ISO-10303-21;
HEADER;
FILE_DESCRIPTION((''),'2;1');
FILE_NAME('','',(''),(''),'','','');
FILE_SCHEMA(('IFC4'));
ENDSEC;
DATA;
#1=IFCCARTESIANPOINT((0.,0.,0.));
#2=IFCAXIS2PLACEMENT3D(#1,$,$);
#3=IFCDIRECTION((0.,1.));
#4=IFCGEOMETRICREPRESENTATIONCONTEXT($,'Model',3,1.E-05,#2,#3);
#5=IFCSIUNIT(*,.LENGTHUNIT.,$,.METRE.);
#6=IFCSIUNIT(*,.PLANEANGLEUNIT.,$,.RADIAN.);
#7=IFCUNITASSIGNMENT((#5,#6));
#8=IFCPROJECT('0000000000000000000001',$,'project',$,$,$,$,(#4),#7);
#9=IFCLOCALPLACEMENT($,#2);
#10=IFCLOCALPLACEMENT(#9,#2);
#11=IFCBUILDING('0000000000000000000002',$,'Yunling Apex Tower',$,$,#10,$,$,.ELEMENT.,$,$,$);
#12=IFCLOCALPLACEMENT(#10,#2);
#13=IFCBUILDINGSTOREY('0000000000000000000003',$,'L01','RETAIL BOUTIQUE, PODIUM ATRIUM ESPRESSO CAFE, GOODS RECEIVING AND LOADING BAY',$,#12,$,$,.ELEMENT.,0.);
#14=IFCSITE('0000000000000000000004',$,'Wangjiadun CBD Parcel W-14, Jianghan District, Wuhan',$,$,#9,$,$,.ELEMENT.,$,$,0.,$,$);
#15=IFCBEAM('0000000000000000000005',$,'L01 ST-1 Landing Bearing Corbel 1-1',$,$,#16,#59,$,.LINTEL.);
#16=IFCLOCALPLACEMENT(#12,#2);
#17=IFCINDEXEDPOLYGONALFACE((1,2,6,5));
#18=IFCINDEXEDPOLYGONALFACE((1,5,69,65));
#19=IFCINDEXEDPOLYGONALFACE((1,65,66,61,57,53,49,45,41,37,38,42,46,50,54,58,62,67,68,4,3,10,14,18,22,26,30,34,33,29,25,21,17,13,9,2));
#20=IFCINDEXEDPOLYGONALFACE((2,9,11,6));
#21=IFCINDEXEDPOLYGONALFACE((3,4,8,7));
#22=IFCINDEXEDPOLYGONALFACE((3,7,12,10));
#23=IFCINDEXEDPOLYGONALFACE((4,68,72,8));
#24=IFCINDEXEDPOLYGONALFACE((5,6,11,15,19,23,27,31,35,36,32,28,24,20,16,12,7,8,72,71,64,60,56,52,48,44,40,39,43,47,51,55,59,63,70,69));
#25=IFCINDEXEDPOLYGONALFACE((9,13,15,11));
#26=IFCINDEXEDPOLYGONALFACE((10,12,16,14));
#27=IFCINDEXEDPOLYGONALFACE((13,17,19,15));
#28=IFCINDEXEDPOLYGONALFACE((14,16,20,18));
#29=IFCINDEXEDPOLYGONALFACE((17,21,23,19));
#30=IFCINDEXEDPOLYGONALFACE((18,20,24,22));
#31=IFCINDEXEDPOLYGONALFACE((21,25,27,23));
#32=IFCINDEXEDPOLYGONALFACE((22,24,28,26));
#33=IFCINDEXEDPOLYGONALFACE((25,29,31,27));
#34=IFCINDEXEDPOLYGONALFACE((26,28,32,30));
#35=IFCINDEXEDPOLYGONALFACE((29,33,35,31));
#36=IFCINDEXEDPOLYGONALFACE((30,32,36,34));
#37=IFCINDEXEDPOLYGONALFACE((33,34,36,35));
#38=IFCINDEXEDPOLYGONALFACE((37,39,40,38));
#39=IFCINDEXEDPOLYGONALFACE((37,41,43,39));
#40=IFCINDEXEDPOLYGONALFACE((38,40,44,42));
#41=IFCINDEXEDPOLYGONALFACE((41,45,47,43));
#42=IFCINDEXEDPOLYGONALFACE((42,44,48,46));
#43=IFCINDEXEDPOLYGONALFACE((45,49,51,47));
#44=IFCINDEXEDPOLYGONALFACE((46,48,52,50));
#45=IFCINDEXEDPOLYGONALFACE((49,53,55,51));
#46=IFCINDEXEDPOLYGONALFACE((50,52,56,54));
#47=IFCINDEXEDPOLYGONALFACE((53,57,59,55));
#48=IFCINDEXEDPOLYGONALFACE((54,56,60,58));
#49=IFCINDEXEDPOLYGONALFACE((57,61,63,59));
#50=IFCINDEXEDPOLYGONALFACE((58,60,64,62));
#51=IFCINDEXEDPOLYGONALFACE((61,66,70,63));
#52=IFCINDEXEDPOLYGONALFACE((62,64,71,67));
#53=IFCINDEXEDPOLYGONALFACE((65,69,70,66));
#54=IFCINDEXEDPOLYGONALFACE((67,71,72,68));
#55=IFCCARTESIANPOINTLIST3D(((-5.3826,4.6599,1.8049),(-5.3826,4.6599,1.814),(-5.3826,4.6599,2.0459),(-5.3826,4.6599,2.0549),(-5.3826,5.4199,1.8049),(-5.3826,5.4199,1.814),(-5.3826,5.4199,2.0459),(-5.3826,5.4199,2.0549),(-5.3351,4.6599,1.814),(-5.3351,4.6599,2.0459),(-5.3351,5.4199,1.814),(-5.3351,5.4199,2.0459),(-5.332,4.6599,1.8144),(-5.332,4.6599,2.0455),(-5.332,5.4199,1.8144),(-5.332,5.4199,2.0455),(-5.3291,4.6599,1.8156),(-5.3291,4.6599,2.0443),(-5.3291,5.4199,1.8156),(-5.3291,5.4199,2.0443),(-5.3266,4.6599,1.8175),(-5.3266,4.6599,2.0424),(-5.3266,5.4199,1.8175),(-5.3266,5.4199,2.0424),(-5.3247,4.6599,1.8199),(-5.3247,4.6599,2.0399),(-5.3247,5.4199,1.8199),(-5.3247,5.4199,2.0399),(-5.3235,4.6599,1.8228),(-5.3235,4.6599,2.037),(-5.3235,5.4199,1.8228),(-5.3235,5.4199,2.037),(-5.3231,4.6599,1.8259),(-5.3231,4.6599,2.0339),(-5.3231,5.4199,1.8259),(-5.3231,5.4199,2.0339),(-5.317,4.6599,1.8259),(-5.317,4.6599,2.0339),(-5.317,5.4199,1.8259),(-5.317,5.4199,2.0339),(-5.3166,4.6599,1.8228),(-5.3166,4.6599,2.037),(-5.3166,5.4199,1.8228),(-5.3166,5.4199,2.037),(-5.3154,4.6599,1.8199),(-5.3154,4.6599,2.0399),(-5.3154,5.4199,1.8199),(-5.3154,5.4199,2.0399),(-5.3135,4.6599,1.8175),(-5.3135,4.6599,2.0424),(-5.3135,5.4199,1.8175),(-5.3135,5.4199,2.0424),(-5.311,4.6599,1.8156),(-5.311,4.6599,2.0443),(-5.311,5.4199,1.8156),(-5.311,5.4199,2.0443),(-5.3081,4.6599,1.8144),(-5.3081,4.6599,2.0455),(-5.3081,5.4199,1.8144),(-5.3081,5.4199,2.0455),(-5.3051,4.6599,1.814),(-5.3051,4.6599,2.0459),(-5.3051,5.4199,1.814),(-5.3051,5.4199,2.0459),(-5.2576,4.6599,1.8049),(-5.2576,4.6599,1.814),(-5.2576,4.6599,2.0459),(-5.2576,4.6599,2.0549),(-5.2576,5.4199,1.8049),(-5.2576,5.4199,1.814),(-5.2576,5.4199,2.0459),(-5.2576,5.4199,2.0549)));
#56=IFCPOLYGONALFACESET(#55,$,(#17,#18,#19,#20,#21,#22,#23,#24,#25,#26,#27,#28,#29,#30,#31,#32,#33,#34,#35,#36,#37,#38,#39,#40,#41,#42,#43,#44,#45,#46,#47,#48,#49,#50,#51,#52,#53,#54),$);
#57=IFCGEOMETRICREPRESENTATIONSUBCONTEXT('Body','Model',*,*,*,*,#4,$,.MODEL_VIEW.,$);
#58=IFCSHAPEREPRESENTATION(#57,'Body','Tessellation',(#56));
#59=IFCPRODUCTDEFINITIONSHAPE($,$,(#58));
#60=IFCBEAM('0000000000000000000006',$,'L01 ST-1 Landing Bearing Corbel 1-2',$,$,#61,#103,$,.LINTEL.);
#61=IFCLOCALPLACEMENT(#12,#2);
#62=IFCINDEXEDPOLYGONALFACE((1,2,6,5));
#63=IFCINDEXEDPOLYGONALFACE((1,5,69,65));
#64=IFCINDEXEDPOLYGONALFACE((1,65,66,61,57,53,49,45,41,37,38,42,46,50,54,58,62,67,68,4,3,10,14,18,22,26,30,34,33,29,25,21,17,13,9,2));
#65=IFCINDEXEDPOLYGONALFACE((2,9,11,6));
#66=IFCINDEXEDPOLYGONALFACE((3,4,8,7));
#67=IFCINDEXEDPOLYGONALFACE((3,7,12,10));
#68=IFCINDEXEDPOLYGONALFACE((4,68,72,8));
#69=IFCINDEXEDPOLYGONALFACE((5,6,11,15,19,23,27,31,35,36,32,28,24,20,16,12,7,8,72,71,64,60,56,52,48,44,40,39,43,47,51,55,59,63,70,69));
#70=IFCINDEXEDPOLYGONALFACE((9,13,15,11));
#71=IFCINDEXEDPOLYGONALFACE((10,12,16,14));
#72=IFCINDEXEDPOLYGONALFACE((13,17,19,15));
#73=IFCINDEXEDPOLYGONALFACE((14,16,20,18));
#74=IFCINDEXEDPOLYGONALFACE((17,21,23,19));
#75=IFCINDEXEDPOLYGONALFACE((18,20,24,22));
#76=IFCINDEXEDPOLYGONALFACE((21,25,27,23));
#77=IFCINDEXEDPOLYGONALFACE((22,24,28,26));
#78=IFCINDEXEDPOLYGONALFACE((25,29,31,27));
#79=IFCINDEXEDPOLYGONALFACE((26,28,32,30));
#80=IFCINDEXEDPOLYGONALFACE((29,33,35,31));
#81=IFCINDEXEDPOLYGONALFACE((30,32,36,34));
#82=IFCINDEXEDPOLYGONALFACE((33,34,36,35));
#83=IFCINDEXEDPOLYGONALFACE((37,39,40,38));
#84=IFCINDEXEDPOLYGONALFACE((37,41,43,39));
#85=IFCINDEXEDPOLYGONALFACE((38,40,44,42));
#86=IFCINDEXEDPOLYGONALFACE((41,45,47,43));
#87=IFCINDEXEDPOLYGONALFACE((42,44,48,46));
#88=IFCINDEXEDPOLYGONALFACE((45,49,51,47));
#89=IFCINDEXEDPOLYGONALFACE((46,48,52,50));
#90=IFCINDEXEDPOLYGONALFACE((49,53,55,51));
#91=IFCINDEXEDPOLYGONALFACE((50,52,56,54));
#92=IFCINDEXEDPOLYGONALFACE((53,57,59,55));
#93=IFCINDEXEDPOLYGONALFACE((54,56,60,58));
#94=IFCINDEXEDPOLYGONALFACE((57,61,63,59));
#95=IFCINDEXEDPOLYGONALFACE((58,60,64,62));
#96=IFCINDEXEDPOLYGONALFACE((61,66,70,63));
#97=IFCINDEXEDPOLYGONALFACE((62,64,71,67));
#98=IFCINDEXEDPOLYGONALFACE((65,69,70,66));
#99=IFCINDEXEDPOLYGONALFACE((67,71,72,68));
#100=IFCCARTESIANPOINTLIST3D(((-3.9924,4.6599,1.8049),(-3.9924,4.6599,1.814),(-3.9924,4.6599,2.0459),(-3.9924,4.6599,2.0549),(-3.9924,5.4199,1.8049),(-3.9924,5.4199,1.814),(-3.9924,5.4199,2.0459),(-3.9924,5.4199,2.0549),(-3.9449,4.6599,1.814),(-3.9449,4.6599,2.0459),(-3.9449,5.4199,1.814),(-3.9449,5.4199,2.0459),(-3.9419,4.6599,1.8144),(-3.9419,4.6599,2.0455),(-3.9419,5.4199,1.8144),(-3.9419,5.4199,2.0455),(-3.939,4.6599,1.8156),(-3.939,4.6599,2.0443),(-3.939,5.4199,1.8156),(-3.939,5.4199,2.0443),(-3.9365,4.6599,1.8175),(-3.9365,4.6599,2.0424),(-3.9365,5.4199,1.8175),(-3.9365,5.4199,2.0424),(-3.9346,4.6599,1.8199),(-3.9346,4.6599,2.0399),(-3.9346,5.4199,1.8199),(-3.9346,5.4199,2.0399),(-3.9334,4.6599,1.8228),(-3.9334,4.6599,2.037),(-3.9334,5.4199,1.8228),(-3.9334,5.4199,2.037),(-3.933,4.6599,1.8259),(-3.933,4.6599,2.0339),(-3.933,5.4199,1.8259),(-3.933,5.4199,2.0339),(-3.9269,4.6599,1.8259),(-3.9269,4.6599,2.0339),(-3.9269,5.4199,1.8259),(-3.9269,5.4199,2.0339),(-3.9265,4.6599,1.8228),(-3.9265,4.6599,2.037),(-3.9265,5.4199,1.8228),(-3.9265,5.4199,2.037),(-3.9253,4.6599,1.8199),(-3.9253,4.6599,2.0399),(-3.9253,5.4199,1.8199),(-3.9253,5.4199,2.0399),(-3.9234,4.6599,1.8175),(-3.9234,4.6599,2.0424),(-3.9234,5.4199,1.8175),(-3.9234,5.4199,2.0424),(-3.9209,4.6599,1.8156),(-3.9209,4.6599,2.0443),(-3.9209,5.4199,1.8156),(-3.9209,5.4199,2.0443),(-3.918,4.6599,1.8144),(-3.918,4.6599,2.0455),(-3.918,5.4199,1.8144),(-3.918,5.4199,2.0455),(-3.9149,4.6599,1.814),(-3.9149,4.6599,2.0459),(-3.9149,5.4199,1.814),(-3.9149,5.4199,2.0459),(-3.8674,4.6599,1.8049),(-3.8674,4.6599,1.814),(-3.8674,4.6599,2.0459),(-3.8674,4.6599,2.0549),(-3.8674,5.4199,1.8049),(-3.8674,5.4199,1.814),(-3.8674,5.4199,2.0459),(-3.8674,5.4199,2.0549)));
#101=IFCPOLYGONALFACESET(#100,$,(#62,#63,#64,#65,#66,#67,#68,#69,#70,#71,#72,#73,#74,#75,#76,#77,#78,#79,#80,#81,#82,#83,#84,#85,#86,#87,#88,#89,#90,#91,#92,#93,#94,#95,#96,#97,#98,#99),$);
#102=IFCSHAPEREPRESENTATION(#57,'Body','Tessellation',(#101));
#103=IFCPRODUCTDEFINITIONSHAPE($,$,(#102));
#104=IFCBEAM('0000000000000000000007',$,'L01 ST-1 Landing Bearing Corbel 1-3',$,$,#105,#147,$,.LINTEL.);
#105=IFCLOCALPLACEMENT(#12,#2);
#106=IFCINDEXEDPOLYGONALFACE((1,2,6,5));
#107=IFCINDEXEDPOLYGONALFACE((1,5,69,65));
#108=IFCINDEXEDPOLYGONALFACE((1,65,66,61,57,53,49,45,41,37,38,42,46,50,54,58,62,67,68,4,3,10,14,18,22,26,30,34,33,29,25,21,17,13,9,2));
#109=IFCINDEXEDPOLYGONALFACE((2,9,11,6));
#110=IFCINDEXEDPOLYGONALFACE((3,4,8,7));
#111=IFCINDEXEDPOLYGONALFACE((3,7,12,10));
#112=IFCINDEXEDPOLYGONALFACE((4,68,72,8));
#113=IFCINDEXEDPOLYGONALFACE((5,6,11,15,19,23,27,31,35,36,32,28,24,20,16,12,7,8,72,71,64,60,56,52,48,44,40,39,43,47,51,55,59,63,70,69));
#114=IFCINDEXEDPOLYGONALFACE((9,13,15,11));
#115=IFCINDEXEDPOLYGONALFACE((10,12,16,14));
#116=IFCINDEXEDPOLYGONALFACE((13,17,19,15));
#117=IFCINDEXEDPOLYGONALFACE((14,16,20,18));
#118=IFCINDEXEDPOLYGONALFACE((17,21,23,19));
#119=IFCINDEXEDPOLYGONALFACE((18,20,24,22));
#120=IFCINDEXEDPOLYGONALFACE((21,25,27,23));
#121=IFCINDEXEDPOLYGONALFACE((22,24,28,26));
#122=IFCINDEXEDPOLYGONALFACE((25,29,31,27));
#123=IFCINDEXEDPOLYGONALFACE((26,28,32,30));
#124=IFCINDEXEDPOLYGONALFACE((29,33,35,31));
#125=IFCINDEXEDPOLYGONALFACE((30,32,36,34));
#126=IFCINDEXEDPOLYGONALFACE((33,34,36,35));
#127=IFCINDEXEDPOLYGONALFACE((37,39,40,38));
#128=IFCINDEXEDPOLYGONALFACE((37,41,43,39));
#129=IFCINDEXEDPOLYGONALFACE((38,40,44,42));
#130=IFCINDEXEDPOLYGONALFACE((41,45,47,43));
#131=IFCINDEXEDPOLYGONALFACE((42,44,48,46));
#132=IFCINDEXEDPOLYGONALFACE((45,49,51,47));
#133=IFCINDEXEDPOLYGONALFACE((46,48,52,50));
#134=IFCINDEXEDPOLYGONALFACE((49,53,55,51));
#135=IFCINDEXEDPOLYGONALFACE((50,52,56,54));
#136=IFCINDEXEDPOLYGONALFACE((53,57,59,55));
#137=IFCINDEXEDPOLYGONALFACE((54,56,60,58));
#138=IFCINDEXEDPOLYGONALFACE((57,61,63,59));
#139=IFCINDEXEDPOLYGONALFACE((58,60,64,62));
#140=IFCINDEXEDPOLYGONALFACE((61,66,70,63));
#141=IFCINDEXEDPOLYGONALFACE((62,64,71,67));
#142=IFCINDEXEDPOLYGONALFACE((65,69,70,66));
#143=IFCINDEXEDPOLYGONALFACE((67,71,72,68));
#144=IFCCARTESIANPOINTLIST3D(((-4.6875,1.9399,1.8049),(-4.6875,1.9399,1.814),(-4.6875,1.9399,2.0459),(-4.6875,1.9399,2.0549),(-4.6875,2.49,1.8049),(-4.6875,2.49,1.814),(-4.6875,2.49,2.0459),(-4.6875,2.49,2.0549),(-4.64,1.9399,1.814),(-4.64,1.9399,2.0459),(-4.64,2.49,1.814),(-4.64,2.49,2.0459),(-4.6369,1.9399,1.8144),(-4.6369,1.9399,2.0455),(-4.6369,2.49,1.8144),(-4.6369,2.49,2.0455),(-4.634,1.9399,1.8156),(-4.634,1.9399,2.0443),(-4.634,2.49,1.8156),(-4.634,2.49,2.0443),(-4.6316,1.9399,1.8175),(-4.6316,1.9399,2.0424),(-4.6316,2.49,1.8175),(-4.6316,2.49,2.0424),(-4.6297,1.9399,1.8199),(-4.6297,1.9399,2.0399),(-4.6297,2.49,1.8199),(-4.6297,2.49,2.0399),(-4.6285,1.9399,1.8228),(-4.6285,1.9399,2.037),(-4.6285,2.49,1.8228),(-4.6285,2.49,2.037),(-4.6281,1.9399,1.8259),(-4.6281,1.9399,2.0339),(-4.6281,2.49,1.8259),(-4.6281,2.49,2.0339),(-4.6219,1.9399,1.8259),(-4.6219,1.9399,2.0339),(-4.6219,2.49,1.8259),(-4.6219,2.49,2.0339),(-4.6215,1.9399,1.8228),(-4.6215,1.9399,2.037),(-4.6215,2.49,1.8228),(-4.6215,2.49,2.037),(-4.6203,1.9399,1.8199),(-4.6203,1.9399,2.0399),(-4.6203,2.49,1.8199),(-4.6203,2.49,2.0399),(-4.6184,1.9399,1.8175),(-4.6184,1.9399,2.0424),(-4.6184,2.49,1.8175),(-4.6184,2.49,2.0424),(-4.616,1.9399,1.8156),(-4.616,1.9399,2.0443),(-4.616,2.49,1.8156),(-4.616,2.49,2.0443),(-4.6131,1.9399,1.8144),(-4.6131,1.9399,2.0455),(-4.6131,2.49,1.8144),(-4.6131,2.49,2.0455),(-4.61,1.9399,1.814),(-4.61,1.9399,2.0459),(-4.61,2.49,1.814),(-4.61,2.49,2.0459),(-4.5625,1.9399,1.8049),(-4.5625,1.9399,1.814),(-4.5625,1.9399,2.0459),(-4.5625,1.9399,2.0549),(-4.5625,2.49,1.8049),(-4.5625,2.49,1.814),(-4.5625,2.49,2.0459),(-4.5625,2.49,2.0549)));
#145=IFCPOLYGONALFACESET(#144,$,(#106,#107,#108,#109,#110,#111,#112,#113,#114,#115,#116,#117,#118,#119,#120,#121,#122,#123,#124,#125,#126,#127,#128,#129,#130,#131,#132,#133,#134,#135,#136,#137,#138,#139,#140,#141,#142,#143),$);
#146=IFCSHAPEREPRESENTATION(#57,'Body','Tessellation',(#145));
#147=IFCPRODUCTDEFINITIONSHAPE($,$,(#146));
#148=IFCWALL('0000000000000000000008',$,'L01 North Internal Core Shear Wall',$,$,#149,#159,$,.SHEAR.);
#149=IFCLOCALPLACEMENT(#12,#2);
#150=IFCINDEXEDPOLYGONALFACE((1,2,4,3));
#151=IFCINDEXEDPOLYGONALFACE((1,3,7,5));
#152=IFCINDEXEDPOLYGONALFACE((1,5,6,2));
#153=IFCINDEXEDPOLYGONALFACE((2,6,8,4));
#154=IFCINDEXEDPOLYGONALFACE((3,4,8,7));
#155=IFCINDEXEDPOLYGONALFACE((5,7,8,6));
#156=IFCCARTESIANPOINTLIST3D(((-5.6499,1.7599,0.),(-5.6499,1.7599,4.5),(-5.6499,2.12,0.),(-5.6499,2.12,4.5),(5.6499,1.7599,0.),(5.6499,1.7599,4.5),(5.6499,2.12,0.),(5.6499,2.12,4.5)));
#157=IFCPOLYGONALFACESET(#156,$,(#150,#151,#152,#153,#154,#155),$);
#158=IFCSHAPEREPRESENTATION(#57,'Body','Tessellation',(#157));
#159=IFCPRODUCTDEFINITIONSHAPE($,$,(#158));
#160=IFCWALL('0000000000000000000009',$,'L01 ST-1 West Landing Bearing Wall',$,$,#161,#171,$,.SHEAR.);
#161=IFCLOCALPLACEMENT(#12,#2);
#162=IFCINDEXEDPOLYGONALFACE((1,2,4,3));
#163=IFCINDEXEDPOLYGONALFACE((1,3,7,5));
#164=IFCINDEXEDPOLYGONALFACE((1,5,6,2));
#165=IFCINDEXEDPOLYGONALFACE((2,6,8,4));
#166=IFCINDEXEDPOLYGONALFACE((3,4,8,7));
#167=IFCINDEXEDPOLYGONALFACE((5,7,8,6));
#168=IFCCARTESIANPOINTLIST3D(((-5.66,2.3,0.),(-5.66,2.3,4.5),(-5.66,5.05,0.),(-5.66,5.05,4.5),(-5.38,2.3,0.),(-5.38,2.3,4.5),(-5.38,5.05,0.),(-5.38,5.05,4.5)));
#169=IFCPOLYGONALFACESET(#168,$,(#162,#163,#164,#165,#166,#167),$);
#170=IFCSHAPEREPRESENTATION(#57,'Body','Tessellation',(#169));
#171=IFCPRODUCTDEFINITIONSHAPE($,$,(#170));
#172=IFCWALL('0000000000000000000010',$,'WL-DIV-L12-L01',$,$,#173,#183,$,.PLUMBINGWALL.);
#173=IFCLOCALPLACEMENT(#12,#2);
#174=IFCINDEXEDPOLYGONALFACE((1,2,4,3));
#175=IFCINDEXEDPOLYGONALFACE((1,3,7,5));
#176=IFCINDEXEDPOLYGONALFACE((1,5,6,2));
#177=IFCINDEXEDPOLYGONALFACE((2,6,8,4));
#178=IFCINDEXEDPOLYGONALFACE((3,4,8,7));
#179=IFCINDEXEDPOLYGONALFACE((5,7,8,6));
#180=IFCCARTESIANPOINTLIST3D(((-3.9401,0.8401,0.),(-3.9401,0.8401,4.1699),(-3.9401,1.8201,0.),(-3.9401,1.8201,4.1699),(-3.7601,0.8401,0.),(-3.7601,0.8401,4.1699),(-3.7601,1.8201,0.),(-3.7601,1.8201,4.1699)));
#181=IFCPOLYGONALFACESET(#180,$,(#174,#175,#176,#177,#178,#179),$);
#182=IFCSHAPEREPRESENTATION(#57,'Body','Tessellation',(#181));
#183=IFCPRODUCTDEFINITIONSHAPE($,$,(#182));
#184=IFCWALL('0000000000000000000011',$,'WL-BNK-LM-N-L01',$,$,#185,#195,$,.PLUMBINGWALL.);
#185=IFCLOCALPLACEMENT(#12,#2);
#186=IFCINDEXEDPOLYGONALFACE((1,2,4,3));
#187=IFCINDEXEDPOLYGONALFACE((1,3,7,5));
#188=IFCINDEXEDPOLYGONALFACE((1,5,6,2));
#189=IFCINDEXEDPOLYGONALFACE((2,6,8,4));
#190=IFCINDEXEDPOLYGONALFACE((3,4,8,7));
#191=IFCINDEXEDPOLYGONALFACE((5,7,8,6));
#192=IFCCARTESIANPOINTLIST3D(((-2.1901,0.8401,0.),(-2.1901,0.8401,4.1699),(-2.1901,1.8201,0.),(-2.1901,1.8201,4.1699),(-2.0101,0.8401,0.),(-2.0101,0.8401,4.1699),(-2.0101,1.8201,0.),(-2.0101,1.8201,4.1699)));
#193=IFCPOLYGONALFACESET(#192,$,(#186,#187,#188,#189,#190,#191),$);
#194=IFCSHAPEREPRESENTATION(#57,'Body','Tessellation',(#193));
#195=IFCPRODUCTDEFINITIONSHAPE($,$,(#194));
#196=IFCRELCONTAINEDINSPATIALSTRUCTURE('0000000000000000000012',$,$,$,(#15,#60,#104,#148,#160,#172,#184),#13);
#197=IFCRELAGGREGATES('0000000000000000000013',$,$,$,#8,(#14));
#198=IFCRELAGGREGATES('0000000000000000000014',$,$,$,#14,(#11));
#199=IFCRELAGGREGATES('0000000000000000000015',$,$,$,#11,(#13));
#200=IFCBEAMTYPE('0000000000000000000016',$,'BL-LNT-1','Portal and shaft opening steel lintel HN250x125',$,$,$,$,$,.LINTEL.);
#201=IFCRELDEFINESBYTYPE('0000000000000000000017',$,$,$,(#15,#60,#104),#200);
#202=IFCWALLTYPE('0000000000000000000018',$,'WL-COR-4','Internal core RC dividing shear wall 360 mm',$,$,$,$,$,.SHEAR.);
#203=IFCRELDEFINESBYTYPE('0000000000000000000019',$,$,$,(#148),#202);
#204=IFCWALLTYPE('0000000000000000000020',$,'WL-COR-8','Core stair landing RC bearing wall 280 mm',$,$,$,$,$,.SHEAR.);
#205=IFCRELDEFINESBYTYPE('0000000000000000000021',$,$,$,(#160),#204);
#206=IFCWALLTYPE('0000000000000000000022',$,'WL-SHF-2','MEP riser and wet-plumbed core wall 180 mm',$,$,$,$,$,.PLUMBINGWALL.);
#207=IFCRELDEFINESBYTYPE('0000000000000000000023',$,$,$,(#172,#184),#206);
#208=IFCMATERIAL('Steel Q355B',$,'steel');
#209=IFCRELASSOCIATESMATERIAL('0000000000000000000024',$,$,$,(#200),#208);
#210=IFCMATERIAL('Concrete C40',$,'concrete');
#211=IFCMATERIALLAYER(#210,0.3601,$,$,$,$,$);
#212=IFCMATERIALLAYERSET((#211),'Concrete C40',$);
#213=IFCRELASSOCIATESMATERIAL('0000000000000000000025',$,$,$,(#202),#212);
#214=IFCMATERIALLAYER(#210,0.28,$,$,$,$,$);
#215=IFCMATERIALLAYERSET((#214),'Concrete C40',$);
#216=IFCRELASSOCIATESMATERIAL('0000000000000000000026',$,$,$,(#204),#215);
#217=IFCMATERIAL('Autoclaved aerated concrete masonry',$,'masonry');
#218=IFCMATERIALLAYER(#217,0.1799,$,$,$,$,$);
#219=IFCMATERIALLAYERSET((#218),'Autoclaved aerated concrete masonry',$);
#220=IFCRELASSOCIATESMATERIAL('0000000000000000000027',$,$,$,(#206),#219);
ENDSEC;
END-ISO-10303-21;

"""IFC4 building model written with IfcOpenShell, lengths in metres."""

from ifc_helpers import new_model, si_unit, direction, frame, frame_2d, origin, origin_2d, place, context, subcontext, project, spatial, rectangle, i_section, extrude, source, transform, mapped, material, layer, layer_set, material_profile, profile_set, type_object, element, save


model = new_model("IFC4")

# Units and contexts
model_context = context("Model", 3, precision=1e-05, world=origin(), true_north=direction((0.0, 1.0)))
body_context = subcontext(model_context, "Body", "Model", "MODEL_VIEW")
ifc_project = project(units=[si_unit("LENGTHUNIT", "METRE"), si_unit("PLANEANGLEUNIT", "RADIAN")], contexts=[model_context])

# Site, building, storey
site_placement = place(None, origin())
site = spatial("IfcSite", under=ifc_project, at=site_placement, Name="Wangjiadun CBD Parcel W-14, Jianghan District, Wuhan", CompositionType="ELEMENT", RefElevation=0.0)
building_placement = place(site_placement, origin())
building = spatial("IfcBuilding", under=site, at=building_placement, Name="Yunling Apex Tower", CompositionType="ELEMENT")
storey_placement = place(building_placement, origin())
storey = spatial("IfcBuildingStorey", under=building, at=storey_placement, Name="L01", Description="RETAIL BOUTIQUE, PODIUM ATRIUM ESPRESSO CAFE, GOODS RECEIVING AND LOADING BAY", CompositionType="ELEMENT", Elevation=0.0)

# Beams
ifc_material_1 = material(Name="Steel Q355B", Category="steel")
ifc_material_profile = material_profile(ifc_material_1, i_section(OverallWidth=0.125, OverallDepth=0.25, WebThickness=0.0061, FlangeThickness=0.009, FilletRadius=0.012, at=origin_2d()))
ifc_profile_set = profile_set([ifc_material_profile], Name="Steel Q355B")
beam_type = type_object("IfcBeamType", Name="BL-LNT-1", Description="Portal and shaft opening steel lintel HN250x125", PredefinedType="LINTEL", material=ifc_profile_set)
shared_shape_1 = source(origin(), body_context, "Body", "SweptSolid", [
    extrude(i_section(OverallWidth=0.125, OverallDepth=0.25, WebThickness=0.0061, FlangeThickness=0.009, FilletRadius=0.012, at=origin_2d()), origin(), (0.0, 0.0, 1.0), 0.76),
])
for number, where, z_axis, x_axis, name in (
    (1, (-5.3201, 5.4199, 1.9299), (0.0, -1.0, 0.0), (1.0, 0.0, 0.0), "L01 ST-1 Landing Bearing Corbel 1-1"),
    (2, (-3.9299, 5.4199, 1.9299), (0.0, -1.0, 0.0), (1.0, 0.0, 0.0), "L01 ST-1 Landing Bearing Corbel 1-2"),
):
    element("IfcBeam", number, at=place(storey_placement, frame(where, z_axis=z_axis, x_axis=x_axis)), inside=storey, type_object=beam_type, Name=name, PredefinedType="LINTEL", context=body_context, shape_type="MappedRepresentation", body=[
        mapped(shared_shape_1, transform((0.0, 0.0, 0.0), scale=1.0)),
    ])
shared_shape_2 = source(origin(), body_context, "Body", "SweptSolid", [
    extrude(i_section(OverallWidth=0.125, OverallDepth=0.25, WebThickness=0.0061, FlangeThickness=0.009, FilletRadius=0.012, at=origin_2d()), origin(), (0.0, 0.0, 1.0), 0.55),
])
beam_placement = place(storey_placement, frame((-4.625, 1.9399, 1.9299), z_axis=(0.0, 1.0, 0.0), x_axis=(-1.0, 0.0, 0.0)))
element("IfcBeam", 3, at=beam_placement, inside=storey, type_object=beam_type, Name="L01 ST-1 Landing Bearing Corbel 1-3", PredefinedType="LINTEL", context=body_context, shape_type="MappedRepresentation", body=[
    mapped(shared_shape_2, transform((0.0, 0.0, 0.0), scale=1.0)),
])

# Walls
ifc_material_2 = material(Name="Concrete C40", Category="concrete")
ifc_layer_1 = layer(ifc_material_2, 0.3601)
ifc_layer_set_1 = layer_set([ifc_layer_1], Name="Concrete C40")
wall_type_1 = type_object("IfcWallType", Name="WL-COR-4", Description="Internal core RC dividing shear wall 360 mm", PredefinedType="SHEAR", material=ifc_layer_set_1)
wall_1_placement = place(storey_placement, frame((-5.6499, 1.9399, 0.0), z_axis=(0.0, 0.0, 1.0), x_axis=(1.0, 0.0, 0.0)))
element("IfcWall", 4, at=wall_1_placement, inside=storey, type_object=wall_type_1, Name="L01 North Internal Core Shear Wall", PredefinedType="SHEAR", context=body_context, shape_type="SweptSolid", body=[
    extrude(rectangle(XDim=11.2998, YDim=0.3601, at=frame_2d((5.6499, 0.0))), origin(), (0.0, 0.0, 1.0), 4.5),
])
ifc_layer_2 = layer(ifc_material_2, 0.28)
ifc_layer_set_2 = layer_set([ifc_layer_2], Name="Concrete C40")
wall_type_2 = type_object("IfcWallType", Name="WL-COR-8", Description="Core stair landing RC bearing wall 280 mm", PredefinedType="SHEAR", material=ifc_layer_set_2)
wall_2_placement = place(storey_placement, frame((-5.52, 2.3, 0.0), z_axis=(0.0, 0.0, 1.0), x_axis=(0.0, 1.0, 0.0)))
element("IfcWall", 5, at=wall_2_placement, inside=storey, type_object=wall_type_2, Name="L01 ST-1 West Landing Bearing Wall", PredefinedType="SHEAR", context=body_context, shape_type="SweptSolid", body=[
    extrude(rectangle(XDim=2.75, YDim=0.28, at=frame_2d((1.375, 0.0))), origin(), (0.0, 0.0, 1.0), 4.5),
])
ifc_material_3 = material(Name="Autoclaved aerated concrete masonry", Category="masonry")
ifc_layer_3 = layer(ifc_material_3, 0.1799)
ifc_layer_set_3 = layer_set([ifc_layer_3], Name="Autoclaved aerated concrete masonry")
wall_type_3 = type_object("IfcWallType", Name="WL-SHF-2", Description="MEP riser and wet-plumbed core wall 180 mm", PredefinedType="PLUMBINGWALL", material=ifc_layer_set_3)
for number, where, z_axis, x_axis, name in (
    (6, (-3.8501, 0.8401, 0.0), (0.0, 0.0, 1.0), (0.0, 1.0, 0.0), "WL-DIV-L12-L01"),
    (7, (-2.1001, 0.8401, 0.0), (0.0, 0.0, 1.0), (0.0, 1.0, 0.0), "WL-BNK-LM-N-L01"),
):
    element("IfcWall", number, at=place(storey_placement, frame(where, z_axis=z_axis, x_axis=x_axis)), inside=storey, type_object=wall_type_3, Name=name, PredefinedType="PLUMBINGWALL", context=body_context, shape_type="SweptSolid", body=[
        extrude(rectangle(XDim=0.98, YDim=0.1799, at=frame_2d((0.49, 0.0))), origin(), (0.0, 0.0, 1.0), 4.1699),
    ])

save(model, "model.ifc")
